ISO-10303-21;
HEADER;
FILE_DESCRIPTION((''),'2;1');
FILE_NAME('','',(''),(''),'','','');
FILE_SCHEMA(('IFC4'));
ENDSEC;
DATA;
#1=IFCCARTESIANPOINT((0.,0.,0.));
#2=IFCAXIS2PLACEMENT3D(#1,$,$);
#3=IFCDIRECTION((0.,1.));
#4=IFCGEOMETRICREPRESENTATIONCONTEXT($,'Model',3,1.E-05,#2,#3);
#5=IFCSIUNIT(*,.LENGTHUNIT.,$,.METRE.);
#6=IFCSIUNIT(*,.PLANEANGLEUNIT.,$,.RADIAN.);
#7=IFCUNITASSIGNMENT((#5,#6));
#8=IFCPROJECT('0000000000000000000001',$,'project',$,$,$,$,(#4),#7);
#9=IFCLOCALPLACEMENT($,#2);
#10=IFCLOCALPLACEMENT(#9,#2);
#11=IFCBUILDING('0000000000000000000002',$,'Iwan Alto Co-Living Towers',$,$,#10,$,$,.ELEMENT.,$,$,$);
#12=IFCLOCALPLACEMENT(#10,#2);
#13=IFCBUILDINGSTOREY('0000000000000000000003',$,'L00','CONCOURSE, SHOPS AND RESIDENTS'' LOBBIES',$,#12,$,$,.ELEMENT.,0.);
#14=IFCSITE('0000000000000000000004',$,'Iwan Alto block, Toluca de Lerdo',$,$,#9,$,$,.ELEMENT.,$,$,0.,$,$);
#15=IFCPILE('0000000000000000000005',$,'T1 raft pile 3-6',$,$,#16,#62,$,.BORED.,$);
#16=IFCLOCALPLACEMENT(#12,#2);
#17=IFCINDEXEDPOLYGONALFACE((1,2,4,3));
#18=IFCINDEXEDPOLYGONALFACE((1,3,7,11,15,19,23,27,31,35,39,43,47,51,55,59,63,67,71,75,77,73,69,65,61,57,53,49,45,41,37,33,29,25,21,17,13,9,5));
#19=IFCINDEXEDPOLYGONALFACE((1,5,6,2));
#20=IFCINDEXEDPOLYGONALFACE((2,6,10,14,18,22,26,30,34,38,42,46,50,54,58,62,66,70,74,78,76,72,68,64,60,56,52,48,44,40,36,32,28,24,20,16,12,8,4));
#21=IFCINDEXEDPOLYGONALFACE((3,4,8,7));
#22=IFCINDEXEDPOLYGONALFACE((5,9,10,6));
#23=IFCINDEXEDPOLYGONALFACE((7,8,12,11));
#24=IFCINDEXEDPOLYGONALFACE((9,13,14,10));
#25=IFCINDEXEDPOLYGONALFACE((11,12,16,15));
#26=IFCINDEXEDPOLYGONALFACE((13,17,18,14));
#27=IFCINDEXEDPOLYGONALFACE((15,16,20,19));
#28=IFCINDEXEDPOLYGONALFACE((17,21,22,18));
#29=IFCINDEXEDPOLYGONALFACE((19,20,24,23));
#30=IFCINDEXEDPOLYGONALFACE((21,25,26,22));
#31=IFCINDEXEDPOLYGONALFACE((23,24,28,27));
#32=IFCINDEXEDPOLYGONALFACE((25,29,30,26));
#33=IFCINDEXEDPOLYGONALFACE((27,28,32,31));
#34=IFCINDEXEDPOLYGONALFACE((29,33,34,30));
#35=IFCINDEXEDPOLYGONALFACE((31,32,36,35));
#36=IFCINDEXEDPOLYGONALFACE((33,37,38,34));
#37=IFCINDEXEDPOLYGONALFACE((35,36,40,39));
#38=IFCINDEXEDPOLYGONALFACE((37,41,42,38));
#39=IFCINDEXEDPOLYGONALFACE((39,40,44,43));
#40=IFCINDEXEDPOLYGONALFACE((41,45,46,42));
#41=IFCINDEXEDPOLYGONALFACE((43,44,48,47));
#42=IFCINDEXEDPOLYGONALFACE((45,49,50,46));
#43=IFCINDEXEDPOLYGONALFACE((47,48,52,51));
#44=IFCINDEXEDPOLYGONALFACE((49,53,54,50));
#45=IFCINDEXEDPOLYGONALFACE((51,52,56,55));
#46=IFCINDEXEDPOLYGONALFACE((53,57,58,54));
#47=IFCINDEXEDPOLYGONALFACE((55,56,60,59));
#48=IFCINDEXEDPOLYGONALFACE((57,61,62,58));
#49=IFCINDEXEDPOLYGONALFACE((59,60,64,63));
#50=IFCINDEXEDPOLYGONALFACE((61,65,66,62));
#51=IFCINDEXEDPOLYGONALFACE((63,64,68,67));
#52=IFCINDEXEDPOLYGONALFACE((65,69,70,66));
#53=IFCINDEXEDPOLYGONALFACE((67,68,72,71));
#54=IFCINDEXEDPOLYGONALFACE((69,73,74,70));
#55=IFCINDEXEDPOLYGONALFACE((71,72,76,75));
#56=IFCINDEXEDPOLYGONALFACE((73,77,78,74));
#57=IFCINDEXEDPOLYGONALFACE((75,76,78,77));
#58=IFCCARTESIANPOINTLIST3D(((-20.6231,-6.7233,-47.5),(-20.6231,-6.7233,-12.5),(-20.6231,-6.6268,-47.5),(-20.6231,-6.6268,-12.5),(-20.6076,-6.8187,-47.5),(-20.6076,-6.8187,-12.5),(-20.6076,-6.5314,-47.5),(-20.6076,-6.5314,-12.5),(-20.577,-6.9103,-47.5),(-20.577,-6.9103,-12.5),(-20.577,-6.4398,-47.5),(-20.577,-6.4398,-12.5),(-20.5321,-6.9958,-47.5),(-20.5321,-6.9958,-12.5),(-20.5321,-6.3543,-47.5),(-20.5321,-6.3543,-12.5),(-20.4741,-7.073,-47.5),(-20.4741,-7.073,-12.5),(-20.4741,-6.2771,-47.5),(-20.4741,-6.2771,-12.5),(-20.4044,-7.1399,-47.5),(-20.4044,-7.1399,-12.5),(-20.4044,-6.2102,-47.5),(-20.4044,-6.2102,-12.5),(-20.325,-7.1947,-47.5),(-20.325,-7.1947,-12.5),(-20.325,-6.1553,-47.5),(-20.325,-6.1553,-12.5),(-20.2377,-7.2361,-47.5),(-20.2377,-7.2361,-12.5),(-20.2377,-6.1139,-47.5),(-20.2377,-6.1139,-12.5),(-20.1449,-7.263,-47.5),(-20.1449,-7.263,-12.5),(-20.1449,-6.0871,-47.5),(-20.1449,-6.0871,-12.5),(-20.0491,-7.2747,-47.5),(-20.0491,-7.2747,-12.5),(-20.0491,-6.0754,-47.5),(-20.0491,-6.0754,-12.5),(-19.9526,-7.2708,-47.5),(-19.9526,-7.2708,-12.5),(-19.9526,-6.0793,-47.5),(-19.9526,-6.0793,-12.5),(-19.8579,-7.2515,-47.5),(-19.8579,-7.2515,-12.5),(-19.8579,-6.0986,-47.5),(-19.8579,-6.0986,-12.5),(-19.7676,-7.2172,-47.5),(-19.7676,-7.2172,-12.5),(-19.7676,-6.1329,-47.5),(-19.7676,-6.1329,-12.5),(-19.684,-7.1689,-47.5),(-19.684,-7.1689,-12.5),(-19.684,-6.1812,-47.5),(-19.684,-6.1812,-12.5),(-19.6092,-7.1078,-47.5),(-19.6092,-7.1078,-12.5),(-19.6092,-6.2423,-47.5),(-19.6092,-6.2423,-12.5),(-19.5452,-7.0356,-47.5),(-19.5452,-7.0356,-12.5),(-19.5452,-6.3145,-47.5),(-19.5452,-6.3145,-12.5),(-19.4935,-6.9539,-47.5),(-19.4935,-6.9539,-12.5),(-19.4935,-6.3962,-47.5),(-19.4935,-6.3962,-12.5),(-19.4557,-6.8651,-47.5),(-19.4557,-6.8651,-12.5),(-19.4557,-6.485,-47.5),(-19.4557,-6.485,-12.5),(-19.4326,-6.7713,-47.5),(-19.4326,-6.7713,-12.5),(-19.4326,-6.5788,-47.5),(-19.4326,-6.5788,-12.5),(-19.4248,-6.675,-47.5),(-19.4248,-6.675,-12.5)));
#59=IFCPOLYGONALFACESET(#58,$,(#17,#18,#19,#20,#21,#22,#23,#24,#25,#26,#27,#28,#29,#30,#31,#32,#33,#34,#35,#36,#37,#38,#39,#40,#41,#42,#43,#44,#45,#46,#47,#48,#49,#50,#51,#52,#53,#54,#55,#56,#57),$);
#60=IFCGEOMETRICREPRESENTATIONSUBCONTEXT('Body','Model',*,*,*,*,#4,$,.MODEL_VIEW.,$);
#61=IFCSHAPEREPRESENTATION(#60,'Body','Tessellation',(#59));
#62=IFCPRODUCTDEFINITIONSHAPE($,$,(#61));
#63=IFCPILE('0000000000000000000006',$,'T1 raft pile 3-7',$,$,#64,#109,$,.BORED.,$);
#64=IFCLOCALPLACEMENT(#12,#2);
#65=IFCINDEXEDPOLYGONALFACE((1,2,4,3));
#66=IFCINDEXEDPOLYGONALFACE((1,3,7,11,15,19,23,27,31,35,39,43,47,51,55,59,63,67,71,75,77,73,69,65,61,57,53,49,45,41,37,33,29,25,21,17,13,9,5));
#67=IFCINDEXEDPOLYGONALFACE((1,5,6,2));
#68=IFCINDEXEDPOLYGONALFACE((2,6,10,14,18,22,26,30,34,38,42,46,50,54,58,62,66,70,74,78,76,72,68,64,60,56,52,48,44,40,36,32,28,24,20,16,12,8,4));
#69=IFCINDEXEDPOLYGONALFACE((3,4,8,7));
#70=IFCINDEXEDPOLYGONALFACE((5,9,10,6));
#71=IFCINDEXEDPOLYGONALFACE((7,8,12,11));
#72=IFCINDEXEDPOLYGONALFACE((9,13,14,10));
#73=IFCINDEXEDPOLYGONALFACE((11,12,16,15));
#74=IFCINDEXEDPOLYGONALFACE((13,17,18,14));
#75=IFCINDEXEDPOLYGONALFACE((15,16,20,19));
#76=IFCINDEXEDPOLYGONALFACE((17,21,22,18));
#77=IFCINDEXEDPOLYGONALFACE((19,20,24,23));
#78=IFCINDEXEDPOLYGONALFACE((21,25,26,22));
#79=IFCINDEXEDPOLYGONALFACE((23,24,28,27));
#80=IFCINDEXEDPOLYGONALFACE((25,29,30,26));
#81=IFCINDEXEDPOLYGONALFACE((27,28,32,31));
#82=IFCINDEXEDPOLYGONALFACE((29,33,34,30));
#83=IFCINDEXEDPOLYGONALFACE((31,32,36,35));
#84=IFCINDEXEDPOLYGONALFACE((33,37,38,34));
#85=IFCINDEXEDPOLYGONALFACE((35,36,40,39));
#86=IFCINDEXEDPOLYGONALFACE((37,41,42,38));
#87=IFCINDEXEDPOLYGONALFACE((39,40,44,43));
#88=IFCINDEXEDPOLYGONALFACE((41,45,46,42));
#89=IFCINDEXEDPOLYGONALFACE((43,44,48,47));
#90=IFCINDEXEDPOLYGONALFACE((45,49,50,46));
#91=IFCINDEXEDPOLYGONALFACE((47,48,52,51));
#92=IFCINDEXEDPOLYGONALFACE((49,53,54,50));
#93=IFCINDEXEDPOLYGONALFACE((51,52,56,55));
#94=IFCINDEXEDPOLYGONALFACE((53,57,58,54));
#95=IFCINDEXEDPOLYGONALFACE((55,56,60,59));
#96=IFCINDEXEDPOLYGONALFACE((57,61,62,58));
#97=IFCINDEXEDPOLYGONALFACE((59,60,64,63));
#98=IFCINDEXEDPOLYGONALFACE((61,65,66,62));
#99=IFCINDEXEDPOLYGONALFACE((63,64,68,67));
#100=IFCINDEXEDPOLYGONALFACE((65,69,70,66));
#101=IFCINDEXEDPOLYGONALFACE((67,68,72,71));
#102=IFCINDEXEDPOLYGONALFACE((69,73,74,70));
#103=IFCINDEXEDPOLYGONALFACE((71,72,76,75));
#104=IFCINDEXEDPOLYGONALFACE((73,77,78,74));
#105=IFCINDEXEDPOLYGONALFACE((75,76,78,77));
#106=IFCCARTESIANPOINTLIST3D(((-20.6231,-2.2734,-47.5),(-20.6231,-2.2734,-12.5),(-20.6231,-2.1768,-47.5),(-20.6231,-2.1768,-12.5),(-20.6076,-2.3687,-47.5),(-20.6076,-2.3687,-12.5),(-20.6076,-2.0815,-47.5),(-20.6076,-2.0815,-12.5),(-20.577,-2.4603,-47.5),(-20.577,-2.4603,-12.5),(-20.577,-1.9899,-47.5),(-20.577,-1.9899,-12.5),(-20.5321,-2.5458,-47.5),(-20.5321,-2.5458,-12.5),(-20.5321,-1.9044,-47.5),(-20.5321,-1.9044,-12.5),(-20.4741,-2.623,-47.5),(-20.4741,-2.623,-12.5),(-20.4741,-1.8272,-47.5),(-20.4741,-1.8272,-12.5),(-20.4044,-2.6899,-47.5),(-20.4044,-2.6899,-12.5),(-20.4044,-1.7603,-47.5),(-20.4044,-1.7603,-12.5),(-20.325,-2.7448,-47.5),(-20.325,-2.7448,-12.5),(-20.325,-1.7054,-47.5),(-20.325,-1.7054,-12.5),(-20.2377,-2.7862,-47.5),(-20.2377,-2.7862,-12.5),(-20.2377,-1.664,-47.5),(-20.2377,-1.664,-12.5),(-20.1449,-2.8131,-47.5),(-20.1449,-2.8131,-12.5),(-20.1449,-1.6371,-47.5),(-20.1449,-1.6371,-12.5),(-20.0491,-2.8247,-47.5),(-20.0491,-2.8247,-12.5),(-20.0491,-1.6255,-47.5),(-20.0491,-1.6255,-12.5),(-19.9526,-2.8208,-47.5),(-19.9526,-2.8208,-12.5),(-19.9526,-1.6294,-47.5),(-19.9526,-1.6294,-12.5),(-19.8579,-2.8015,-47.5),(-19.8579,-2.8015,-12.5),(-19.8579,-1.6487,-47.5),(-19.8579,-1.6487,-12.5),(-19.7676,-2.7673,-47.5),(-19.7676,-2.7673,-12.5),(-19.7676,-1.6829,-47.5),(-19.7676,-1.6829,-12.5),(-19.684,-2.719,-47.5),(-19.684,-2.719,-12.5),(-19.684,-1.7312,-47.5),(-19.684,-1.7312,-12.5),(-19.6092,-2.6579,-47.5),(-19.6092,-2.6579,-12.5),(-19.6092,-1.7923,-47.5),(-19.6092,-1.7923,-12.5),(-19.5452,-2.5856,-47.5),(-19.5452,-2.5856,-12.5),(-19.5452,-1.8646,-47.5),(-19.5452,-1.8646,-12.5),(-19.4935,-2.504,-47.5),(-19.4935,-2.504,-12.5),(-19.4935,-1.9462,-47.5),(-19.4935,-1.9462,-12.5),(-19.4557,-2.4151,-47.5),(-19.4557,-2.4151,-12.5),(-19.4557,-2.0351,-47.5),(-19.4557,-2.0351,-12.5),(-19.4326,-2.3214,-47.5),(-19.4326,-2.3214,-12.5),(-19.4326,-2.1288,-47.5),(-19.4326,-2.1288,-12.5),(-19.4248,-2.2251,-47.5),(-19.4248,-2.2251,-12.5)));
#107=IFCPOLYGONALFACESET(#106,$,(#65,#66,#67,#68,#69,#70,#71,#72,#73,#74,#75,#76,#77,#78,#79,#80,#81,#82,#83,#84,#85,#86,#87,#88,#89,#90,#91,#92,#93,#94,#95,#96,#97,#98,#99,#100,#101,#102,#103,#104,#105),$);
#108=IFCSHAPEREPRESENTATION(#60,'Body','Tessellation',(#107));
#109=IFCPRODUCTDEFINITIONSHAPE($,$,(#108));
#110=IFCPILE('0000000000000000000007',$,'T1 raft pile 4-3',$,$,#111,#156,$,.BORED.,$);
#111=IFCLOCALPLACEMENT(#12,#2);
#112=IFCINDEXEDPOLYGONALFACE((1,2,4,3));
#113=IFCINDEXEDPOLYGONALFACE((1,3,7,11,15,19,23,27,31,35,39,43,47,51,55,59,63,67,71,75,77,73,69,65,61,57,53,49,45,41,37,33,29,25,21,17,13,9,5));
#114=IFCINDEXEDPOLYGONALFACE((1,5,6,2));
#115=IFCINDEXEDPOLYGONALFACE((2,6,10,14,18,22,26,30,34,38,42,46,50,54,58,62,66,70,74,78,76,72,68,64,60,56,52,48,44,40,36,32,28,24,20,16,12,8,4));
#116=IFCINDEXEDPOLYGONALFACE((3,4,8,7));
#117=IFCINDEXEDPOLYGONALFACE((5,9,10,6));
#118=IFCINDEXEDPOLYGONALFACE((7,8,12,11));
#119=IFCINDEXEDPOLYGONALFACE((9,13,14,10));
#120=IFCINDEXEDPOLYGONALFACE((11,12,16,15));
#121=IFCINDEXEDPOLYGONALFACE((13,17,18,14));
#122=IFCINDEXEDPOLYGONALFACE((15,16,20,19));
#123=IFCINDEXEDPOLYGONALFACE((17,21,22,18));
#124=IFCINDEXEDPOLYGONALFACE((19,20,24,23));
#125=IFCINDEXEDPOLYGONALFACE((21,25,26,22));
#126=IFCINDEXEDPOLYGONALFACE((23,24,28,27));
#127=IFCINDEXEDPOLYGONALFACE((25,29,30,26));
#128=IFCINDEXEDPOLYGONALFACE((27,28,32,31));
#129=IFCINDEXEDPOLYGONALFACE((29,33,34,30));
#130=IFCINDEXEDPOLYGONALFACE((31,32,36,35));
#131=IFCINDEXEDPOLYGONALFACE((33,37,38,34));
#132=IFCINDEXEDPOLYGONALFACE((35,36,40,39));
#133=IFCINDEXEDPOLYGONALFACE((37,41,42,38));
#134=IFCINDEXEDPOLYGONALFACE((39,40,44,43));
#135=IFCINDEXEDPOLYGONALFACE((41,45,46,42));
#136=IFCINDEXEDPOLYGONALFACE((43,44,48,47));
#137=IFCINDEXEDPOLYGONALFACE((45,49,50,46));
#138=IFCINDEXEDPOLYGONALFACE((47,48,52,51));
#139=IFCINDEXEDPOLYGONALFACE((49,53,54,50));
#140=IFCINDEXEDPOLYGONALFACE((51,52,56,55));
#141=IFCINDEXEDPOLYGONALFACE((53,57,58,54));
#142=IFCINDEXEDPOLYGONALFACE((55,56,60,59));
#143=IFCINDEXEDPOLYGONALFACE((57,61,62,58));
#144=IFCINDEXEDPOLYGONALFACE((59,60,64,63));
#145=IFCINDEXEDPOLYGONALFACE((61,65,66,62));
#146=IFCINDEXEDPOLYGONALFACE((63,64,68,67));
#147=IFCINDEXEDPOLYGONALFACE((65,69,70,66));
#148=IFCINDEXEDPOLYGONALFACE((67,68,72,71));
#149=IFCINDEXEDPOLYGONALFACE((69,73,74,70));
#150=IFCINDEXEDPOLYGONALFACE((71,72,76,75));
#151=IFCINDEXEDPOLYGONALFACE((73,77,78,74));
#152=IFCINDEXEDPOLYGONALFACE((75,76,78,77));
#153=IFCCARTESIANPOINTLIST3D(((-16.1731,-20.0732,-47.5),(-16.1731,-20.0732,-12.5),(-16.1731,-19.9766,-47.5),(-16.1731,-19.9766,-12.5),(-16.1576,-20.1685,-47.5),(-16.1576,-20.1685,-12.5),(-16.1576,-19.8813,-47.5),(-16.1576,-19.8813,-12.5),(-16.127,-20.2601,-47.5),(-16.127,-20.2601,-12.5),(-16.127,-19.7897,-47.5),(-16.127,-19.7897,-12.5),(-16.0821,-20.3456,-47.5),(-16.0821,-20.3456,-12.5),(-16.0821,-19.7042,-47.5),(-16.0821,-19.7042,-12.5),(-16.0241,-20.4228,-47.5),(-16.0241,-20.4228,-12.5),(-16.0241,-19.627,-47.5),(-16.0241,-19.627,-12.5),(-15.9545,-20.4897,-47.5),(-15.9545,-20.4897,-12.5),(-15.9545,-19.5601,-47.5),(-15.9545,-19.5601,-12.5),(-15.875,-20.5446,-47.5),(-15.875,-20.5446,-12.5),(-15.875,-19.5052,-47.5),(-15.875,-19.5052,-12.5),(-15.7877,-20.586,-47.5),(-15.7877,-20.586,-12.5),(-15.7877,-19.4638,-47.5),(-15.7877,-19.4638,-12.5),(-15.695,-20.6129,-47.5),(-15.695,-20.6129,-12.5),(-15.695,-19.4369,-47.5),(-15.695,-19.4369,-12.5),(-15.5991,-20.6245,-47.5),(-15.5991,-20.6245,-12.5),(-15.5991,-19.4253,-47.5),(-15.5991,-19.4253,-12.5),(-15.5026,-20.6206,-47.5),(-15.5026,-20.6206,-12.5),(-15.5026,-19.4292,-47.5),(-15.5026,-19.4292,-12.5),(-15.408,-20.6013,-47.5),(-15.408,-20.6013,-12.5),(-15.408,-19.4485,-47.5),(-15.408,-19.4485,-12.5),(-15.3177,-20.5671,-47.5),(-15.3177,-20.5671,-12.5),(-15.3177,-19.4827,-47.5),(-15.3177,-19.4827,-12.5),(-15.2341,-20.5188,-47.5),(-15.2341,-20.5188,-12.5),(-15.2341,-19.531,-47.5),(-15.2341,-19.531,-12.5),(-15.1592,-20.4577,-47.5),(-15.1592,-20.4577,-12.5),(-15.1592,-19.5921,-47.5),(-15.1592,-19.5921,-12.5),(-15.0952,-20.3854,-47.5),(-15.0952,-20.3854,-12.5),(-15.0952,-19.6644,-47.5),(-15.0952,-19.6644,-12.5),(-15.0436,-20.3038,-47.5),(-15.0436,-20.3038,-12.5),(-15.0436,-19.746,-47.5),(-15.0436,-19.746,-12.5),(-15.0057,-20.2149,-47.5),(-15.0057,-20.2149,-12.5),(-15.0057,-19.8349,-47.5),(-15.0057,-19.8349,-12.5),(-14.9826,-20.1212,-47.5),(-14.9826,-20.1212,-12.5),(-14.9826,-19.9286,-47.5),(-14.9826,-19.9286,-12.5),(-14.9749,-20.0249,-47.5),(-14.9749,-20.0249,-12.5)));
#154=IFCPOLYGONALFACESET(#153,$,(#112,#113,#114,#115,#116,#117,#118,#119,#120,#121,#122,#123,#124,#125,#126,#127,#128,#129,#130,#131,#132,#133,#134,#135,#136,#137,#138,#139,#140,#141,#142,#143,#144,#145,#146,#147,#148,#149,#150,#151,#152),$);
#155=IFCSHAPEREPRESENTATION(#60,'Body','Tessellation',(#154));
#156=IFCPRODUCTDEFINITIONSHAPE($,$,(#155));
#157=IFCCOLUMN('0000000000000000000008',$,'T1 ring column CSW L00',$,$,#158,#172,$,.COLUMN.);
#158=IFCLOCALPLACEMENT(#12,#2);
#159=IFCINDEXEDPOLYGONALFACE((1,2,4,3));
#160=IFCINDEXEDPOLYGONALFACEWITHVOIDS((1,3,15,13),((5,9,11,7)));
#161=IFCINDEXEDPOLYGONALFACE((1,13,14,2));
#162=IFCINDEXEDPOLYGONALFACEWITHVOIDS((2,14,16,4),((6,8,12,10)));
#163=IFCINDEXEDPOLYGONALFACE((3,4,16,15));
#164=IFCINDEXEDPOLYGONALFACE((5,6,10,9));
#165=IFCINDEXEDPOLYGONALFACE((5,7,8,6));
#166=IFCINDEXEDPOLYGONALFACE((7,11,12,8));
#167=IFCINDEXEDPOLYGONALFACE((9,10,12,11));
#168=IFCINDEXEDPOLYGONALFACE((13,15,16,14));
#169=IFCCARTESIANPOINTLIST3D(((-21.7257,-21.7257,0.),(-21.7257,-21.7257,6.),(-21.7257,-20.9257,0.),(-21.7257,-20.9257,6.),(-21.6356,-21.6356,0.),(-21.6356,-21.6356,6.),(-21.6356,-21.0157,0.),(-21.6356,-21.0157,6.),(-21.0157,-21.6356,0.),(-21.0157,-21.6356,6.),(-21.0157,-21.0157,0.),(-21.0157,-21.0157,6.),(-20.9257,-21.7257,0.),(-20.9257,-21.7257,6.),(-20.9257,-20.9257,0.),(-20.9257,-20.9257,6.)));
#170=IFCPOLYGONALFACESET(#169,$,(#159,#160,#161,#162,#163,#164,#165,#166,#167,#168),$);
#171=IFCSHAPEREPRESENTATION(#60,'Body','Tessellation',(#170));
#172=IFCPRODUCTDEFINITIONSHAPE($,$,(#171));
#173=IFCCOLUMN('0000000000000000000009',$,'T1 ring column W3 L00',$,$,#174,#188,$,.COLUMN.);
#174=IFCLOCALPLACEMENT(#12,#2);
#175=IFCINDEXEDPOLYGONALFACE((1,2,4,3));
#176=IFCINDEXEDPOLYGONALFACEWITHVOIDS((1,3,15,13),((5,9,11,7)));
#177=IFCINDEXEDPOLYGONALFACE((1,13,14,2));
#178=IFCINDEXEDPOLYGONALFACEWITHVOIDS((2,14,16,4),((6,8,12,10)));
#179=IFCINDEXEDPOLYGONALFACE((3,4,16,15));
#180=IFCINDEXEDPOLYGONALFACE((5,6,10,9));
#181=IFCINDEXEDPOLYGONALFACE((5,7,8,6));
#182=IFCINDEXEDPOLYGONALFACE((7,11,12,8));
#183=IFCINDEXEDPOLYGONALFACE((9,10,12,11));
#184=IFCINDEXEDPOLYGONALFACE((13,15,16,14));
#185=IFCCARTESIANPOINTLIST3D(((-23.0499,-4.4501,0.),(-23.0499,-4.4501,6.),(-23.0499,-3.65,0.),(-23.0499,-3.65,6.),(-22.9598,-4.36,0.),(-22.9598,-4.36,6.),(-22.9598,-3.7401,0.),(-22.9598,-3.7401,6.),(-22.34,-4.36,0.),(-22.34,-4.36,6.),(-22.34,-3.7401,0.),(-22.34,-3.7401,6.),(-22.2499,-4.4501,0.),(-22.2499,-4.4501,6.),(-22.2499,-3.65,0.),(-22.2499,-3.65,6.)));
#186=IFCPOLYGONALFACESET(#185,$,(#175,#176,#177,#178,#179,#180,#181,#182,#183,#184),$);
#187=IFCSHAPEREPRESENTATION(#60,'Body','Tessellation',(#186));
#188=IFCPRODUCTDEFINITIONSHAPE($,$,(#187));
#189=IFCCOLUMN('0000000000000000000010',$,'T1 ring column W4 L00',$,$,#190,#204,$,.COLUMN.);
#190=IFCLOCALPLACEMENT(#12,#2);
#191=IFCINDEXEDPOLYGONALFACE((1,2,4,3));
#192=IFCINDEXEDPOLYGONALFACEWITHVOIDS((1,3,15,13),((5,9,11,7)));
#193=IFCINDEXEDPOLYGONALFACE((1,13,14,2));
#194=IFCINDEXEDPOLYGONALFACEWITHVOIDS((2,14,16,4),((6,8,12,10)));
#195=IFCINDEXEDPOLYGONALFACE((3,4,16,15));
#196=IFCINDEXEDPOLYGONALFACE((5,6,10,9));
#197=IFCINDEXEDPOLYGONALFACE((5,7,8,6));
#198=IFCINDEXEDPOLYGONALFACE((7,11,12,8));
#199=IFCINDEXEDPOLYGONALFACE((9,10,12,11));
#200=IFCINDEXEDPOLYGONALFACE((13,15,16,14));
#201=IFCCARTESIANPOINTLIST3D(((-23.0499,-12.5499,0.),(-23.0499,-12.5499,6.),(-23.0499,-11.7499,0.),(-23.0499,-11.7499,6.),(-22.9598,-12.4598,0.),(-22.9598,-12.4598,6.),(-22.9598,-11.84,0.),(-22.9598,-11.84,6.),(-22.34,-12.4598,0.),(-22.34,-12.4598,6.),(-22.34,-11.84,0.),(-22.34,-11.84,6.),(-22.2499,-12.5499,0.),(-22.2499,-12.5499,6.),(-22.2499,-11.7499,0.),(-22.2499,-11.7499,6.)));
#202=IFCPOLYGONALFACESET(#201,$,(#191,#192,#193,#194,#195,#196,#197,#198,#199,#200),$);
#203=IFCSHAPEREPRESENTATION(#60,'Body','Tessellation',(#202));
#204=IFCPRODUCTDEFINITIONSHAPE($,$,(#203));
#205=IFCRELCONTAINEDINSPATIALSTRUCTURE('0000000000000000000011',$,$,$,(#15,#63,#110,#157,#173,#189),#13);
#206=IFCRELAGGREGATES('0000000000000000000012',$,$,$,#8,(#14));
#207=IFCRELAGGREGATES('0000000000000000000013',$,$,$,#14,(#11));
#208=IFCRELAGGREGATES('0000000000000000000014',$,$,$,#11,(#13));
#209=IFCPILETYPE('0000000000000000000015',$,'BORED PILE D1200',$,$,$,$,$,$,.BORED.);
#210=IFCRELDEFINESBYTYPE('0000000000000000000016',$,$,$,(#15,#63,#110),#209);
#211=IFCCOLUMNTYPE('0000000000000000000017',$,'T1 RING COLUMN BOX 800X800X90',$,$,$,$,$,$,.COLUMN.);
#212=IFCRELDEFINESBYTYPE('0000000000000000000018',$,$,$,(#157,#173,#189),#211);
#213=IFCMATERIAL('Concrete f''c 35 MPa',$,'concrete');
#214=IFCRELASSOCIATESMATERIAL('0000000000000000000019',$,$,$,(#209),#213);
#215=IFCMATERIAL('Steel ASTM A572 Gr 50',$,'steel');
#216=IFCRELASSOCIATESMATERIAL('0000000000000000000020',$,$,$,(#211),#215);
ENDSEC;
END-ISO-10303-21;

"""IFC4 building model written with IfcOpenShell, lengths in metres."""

from ifc_helpers import new_model, si_unit, direction, frame, origin, origin_2d, place, context, subcontext, project, spatial, hollow_rectangle, circle, extrude, material, material_profile, profile_set, type_object, element, save


model = new_model("IFC4")

# Units and contexts
model_context = context("Model", 3, precision=1e-05, world=origin(), true_north=direction((0.0, 1.0)))
body_context = subcontext(model_context, "Body", "Model", "MODEL_VIEW")
ifc_project = project(units=[si_unit("LENGTHUNIT", "METRE"), si_unit("PLANEANGLEUNIT", "RADIAN")], contexts=[model_context])

# Site, building, storey
site_placement = place(None, origin())
site = spatial("IfcSite", under=ifc_project, at=site_placement, Name="Iwan Alto block, Toluca de Lerdo", CompositionType="ELEMENT", RefElevation=0.0)
building_placement = place(site_placement, origin())
building = spatial("IfcBuilding", under=site, at=building_placement, Name="Iwan Alto Co-Living Towers", CompositionType="ELEMENT")
storey_placement = place(building_placement, origin())
storey = spatial("IfcBuildingStorey", under=building, at=storey_placement, Name="L00", Description="CONCOURSE, SHOPS AND RESIDENTS' LOBBIES", CompositionType="ELEMENT", Elevation=0.0)

# Piles
ifc_material_1 = material(Name="Concrete f'c 35 MPa", Category="concrete")
ifc_material_profile_1 = material_profile(ifc_material_1, circle(Radius=0.6001, at=origin_2d()), Name="D1200")
ifc_profile_set_1 = profile_set([ifc_material_profile_1], Name="Concrete f'c 35 MPa")
pile_type = type_object("IfcPileType", Name="BORED PILE D1200", PredefinedType="BORED", material=ifc_profile_set_1)
for number, where, z_axis, x_axis, name in (
    (1, (-20.0249, -6.675, -12.5), (0.0, 0.0, -1.0), (1.0, 0.0, 0.0), "T1 raft pile 3-6"),
    (2, (-20.0249, -2.2251, -12.5), (0.0, 0.0, -1.0), (1.0, 0.0, 0.0), "T1 raft pile 3-7"),
    (3, (-15.575, -20.0249, -12.5), (0.0, 0.0, -1.0), (1.0, 0.0, 0.0), "T1 raft pile 4-3"),
):
    element("IfcPile", number, at=place(storey_placement, frame(where, z_axis=z_axis, x_axis=x_axis)), inside=storey, type_object=pile_type, Name=name, PredefinedType="BORED", context=body_context, shape_type="SweptSolid", body=[
        extrude(circle(Radius=0.6001, at=origin_2d()), origin(), (0.0, 0.0, 1.0), 35.0),
    ])

# Columns
ifc_material_2 = material(Name="Steel ASTM A572 Gr 50", Category="steel")
ifc_material_profile_2 = material_profile(ifc_material_2, hollow_rectangle(XDim=0.8, YDim=0.8, WallThickness=0.0901, at=origin_2d()), Name="BOX 800X800X90")
ifc_profile_set_2 = profile_set([ifc_material_profile_2], Name="Steel ASTM A572 Gr 50")
column_type = type_object("IfcColumnType", Name="T1 RING COLUMN BOX 800X800X90", PredefinedType="COLUMN", material=ifc_profile_set_2)
for number, where, z_axis, x_axis, name in (
    (4, (-21.3257, -21.3257, 0.0), (0.0, 0.0, 1.0), (1.0, 0.0, 0.0), "T1 ring column CSW L00"),
    (5, (-22.6499, -4.05, 0.0), (0.0, 0.0, 1.0), (1.0, 0.0, 0.0), "T1 ring column W3 L00"),
    (6, (-22.6499, -12.1499, 0.0), (0.0, 0.0, 1.0), (1.0, 0.0, 0.0), "T1 ring column W4 L00"),
):
    element("IfcColumn", number, at=place(storey_placement, frame(where, z_axis=z_axis, x_axis=x_axis)), inside=storey, type_object=column_type, Name=name, PredefinedType="COLUMN", context=body_context, shape_type="SweptSolid", body=[
        extrude(hollow_rectangle(XDim=0.8, YDim=0.8, WallThickness=0.0901, at=origin_2d()), origin(), (0.0, 0.0, 1.0), 6.0),
    ])

save(model, "model.ifc")
